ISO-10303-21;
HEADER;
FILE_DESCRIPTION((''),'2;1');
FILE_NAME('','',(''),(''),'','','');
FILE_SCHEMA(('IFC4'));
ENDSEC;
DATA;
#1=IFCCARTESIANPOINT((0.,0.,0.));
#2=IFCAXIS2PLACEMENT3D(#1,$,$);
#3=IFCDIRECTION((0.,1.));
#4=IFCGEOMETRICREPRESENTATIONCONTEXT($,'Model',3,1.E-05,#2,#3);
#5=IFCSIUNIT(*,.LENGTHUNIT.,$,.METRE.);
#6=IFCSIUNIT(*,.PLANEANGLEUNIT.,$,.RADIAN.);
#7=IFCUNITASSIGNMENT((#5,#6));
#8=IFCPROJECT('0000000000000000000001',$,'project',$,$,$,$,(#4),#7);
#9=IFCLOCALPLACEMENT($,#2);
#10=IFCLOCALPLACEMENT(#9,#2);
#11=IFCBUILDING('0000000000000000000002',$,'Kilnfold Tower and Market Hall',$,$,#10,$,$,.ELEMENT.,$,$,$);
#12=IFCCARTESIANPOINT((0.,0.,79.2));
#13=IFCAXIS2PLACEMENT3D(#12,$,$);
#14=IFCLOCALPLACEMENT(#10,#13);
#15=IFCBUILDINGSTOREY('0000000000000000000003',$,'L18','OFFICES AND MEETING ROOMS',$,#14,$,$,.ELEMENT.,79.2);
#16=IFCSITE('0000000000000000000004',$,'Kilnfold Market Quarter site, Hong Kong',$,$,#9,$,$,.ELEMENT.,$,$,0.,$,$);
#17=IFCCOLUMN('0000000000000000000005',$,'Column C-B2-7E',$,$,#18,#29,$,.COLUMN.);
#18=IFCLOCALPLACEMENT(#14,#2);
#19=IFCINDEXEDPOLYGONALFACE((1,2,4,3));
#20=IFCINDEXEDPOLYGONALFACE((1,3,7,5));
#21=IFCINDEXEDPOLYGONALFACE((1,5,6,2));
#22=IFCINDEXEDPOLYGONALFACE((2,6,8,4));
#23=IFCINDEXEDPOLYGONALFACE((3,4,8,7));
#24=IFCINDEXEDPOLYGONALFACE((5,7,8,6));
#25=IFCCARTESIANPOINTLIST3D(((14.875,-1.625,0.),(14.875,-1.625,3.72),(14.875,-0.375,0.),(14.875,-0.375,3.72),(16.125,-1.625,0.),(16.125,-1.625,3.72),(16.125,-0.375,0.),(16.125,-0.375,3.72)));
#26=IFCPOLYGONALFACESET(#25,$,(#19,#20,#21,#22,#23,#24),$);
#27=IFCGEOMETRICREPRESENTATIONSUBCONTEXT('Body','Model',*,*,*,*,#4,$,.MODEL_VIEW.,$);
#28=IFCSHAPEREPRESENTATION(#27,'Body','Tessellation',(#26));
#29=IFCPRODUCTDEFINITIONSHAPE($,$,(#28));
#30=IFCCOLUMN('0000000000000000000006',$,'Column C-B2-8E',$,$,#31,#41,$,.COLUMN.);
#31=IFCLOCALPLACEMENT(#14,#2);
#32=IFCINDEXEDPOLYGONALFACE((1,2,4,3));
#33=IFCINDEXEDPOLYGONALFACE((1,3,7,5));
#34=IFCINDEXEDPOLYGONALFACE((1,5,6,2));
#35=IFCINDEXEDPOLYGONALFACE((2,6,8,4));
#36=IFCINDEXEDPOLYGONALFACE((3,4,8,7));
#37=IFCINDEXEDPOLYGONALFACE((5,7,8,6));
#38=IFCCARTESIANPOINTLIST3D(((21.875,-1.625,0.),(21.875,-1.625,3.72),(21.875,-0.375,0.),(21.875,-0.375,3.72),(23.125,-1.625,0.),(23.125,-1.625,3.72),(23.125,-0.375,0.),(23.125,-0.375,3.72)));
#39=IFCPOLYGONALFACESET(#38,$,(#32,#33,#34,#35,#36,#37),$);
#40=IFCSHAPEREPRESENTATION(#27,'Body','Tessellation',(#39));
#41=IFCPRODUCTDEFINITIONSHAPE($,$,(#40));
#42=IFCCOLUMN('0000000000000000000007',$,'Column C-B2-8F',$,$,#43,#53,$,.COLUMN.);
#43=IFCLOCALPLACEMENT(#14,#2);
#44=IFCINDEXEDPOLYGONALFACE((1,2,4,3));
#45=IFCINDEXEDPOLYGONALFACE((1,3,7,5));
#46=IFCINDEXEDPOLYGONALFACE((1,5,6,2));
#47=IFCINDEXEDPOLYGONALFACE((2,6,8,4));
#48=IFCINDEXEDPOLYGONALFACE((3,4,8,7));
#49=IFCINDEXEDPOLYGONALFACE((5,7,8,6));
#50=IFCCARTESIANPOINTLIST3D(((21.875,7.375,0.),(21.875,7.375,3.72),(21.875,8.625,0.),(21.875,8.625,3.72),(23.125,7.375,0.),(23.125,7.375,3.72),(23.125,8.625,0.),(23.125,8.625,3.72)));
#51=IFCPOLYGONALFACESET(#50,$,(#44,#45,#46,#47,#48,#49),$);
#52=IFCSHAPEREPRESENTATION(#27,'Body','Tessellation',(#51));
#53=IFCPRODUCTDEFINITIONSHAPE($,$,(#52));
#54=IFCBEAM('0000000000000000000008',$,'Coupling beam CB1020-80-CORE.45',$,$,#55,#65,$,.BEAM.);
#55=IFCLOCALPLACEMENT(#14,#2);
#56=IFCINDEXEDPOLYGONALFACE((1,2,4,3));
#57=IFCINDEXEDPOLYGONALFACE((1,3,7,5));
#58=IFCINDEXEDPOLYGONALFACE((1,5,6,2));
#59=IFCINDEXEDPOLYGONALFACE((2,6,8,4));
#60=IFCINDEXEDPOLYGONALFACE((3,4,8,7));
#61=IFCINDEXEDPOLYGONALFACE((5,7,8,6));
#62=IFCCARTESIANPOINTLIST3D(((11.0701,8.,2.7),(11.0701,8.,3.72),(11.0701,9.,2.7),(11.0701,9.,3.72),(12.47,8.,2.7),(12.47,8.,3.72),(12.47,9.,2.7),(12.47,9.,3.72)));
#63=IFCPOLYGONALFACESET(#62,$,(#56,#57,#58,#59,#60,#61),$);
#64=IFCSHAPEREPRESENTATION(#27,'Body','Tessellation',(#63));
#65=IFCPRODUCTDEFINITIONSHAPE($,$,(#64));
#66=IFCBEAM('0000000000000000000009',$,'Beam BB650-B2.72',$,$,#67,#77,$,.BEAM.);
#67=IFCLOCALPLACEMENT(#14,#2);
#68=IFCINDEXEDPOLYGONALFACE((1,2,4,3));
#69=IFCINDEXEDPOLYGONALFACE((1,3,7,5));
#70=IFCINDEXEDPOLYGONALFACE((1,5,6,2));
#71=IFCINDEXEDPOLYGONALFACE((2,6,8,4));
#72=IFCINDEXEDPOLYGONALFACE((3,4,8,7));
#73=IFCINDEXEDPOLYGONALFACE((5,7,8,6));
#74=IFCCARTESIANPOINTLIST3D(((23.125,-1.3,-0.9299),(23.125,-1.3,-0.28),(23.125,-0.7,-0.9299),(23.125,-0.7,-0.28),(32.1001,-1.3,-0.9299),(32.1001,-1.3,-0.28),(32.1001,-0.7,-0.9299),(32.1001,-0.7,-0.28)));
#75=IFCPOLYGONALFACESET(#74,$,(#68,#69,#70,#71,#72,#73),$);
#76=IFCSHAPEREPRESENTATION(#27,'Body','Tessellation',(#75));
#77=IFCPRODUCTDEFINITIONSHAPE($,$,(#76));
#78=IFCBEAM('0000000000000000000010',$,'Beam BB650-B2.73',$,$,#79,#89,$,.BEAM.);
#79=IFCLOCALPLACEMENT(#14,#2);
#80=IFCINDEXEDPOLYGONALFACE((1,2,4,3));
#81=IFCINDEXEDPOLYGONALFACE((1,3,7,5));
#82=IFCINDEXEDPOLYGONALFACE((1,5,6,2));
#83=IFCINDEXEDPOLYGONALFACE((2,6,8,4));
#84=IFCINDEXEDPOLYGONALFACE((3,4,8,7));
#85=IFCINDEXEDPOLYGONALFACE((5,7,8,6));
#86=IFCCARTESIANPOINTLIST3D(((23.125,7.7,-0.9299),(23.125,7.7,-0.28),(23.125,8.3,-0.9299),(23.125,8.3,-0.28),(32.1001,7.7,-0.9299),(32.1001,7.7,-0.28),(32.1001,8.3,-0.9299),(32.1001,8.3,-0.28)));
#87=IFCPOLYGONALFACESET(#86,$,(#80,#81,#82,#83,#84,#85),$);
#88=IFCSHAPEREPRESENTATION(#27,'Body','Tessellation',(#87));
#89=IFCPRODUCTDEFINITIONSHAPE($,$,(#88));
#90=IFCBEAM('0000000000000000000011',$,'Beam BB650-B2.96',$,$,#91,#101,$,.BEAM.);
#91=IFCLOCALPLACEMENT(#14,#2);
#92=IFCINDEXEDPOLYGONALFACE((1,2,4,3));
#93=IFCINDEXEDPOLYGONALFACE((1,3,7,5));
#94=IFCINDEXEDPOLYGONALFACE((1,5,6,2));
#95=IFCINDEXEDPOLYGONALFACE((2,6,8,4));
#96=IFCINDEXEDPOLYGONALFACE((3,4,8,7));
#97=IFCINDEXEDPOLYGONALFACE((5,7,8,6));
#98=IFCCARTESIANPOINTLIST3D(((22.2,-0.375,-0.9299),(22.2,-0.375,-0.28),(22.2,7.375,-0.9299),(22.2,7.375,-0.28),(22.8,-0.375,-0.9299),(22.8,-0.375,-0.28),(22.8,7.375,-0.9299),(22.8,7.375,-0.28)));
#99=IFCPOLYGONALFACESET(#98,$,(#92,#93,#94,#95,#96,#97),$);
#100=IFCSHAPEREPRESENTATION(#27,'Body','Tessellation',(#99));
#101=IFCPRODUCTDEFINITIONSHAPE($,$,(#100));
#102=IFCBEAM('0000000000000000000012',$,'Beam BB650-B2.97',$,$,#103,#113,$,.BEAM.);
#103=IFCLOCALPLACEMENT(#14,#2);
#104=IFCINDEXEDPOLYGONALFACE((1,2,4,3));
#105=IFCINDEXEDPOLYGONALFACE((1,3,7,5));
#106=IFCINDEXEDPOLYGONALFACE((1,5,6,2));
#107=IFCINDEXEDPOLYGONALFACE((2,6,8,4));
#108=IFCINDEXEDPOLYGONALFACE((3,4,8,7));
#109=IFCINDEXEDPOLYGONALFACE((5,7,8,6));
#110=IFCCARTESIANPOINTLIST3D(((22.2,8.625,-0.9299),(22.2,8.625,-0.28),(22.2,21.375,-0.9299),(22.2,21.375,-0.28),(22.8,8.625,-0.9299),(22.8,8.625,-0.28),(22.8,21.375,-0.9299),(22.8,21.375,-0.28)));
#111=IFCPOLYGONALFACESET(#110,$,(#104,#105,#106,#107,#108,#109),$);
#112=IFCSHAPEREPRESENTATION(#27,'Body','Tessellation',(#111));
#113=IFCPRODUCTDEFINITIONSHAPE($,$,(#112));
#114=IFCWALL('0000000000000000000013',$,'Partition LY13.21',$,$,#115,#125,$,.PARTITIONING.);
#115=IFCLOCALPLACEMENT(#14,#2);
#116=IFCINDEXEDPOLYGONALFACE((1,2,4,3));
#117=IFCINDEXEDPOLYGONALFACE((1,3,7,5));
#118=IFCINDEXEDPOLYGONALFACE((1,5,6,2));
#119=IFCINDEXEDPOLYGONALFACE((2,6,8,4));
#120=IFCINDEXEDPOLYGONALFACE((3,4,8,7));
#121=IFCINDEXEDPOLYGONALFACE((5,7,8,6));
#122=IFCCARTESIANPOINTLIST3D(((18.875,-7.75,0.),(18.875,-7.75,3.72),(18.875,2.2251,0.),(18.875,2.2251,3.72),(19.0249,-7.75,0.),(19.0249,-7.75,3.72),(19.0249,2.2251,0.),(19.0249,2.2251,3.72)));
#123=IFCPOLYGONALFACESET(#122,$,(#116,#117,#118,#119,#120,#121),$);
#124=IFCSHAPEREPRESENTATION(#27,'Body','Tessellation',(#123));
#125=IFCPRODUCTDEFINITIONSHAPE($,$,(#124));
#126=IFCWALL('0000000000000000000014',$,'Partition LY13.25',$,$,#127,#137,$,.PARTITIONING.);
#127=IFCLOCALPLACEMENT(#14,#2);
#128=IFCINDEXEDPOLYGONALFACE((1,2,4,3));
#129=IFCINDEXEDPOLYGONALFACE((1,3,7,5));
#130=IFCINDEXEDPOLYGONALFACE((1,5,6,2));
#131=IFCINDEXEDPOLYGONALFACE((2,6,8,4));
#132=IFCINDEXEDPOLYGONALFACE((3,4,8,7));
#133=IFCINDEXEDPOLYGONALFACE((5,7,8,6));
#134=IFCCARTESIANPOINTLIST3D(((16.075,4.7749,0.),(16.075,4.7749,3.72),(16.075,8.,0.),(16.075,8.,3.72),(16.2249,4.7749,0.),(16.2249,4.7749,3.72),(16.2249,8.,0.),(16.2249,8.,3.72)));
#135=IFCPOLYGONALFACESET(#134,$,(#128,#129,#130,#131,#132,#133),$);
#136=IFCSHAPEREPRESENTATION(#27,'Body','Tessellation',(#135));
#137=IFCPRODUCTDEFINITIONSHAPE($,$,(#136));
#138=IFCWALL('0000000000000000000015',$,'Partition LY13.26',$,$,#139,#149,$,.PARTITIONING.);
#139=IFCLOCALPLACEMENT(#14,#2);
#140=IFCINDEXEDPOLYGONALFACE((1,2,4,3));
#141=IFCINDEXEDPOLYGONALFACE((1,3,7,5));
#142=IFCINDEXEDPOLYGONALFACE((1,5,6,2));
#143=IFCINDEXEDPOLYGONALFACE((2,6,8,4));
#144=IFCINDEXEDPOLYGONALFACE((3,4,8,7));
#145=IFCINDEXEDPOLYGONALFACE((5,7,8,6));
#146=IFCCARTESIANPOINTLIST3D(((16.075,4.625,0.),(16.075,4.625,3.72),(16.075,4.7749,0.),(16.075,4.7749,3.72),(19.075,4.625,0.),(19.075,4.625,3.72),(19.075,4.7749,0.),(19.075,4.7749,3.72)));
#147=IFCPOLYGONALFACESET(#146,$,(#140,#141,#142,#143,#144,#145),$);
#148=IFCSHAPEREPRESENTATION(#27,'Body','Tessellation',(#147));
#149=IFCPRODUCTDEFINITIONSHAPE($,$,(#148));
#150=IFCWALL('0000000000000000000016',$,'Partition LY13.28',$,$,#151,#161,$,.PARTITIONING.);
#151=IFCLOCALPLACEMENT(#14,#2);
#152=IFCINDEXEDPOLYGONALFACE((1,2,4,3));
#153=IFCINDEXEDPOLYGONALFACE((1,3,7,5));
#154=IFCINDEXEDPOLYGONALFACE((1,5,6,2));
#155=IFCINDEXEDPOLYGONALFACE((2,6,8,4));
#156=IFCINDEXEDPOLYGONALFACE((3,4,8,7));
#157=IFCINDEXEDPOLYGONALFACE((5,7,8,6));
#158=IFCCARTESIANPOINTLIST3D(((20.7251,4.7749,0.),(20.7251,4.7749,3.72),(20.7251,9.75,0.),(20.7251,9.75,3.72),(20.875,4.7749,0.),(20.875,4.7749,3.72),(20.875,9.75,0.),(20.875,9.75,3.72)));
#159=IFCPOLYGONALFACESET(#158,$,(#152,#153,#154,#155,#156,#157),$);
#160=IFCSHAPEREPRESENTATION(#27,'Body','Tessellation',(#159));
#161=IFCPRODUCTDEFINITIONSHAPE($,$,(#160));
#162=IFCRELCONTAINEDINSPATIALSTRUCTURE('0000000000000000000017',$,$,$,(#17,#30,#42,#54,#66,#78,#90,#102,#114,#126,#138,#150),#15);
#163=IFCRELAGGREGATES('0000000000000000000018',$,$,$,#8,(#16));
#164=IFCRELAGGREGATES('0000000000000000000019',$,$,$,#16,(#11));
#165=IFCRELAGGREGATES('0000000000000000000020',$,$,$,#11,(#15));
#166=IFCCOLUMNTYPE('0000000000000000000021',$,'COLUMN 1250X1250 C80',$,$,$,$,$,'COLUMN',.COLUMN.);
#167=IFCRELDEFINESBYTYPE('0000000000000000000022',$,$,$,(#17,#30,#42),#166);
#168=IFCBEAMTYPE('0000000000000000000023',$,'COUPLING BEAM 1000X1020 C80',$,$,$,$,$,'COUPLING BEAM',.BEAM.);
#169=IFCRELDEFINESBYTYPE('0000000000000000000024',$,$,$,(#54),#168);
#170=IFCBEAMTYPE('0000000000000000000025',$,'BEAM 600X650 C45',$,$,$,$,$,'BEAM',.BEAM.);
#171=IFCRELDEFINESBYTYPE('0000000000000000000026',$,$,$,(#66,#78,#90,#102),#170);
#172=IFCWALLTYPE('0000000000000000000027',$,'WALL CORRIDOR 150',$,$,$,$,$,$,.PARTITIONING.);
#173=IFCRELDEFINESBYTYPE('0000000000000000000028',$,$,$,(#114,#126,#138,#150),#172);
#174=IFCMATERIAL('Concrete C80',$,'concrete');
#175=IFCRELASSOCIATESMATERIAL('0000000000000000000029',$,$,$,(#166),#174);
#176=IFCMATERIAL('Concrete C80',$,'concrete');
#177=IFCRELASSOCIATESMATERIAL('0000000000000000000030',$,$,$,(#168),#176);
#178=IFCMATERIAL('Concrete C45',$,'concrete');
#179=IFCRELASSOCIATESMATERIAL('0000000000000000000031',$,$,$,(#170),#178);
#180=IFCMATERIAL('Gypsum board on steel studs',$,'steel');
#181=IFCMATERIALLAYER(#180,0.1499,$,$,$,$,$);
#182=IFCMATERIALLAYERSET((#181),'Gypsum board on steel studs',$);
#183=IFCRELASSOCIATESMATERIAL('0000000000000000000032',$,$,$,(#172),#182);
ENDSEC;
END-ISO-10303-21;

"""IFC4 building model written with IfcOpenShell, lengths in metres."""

from ifc_helpers import new_model, si_unit, direction, frame, frame_2d, origin, origin_2d, place, context, subcontext, project, spatial, rectangle, extrude, source, transform, mapped, material, layer, layer_set, material_profile, profile_set, type_object, element, save


model = new_model("IFC4")

# Units and contexts
model_context = context("Model", 3, precision=1e-05, world=origin(), true_north=direction((0.0, 1.0)))
body_context = subcontext(model_context, "Body", "Model", "MODEL_VIEW")
ifc_project = project(units=[si_unit("LENGTHUNIT", "METRE"), si_unit("PLANEANGLEUNIT", "RADIAN")], contexts=[model_context])

# Site, building, storey
site_placement = place(None, origin())
site = spatial("IfcSite", under=ifc_project, at=site_placement, Name="Kilnfold Market Quarter site, Hong Kong", CompositionType="ELEMENT", RefElevation=0.0)
building_placement = place(site_placement, origin())
building = spatial("IfcBuilding", under=site, at=building_placement, Name="Kilnfold Tower and Market Hall", CompositionType="ELEMENT")
storey_placement = place(building_placement, frame((0.0, 0.0, 79.2)))
storey = spatial("IfcBuildingStorey", under=building, at=storey_placement, Name="L18", Description="OFFICES AND MEETING ROOMS", CompositionType="ELEMENT", Elevation=79.2)

# Columns
ifc_material_1 = material(Name="Concrete C80", Category="concrete")
ifc_material_profile_1 = material_profile(ifc_material_1, rectangle(XDim=1.25, YDim=1.25, at=origin_2d()), Name="RC 1250x1250")
ifc_profile_set_1 = profile_set([ifc_material_profile_1], Name="Concrete C80")
column_type = type_object("IfcColumnType", Name="COLUMN 1250X1250 C80", ElementType="COLUMN", PredefinedType="COLUMN", material=ifc_profile_set_1)
shared_shape_1 = source(origin(), body_context, "Body", "SweptSolid", [
    extrude(rectangle(XDim=1.25, YDim=1.25, at=origin_2d()), origin(), (0.0, 0.0, 1.0), 3.72),
])
for number, where, z_axis, x_axis, name in (
    (1, (15.5, -1.0, 0.0), (0.0, 0.0, 1.0), (1.0, 0.0, 0.0), "Column C-B2-7E"),
    (2, (22.5, -1.0, 0.0), (0.0, 0.0, 1.0), (1.0, 0.0, 0.0), "Column C-B2-8E"),
    (3, (22.5, 8.0, 0.0), (0.0, 0.0, 1.0), (1.0, 0.0, 0.0), "Column C-B2-8F"),
):
    element("IfcColumn", number, at=place(storey_placement, frame(where, z_axis=z_axis, x_axis=x_axis)), inside=storey, type_object=column_type, Name=name, PredefinedType="COLUMN", context=body_context, shape_type="MappedRepresentation", body=[
        mapped(shared_shape_1, transform((0.0, 0.0, 0.0))),
    ])

# Beams
ifc_material_2 = material(Name="Concrete C80", Category="concrete")
ifc_material_profile_2 = material_profile(ifc_material_2, rectangle(XDim=1.0, YDim=1.02, at=origin_2d()), Name="RC 1000x1020")
ifc_profile_set_2 = profile_set([ifc_material_profile_2], Name="Concrete C80")
beam_type_1 = type_object("IfcBeamType", Name="COUPLING BEAM 1000X1020 C80", ElementType="COUPLING BEAM", PredefinedType="BEAM", material=ifc_profile_set_2)
shared_shape_2 = source(origin(), body_context, "Body", "SweptSolid", [
    extrude(rectangle(XDim=1.0, YDim=1.02, at=origin_2d()), origin(), (0.0, 0.0, 1.0), 1.3999),
])
beam_1_placement = place(storey_placement, frame((11.0701, 8.5, 3.21), z_axis=(1.0, 0.0, 0.0), x_axis=(0.0, 1.0, 0.0)))
element("IfcBeam", 4, at=beam_1_placement, inside=storey, type_object=beam_type_1, Name="Coupling beam CB1020-80-CORE.45", PredefinedType="BEAM", context=body_context, shape_type="MappedRepresentation", body=[
    mapped(shared_shape_2, transform((0.0, 0.0, 0.0))),
])
ifc_material_3 = material(Name="Concrete C45", Category="concrete")
ifc_material_profile_3 = material_profile(ifc_material_3, rectangle(XDim=0.6001, YDim=0.6499, at=origin_2d()), Name="RC 600x650")
ifc_profile_set_3 = profile_set([ifc_material_profile_3], Name="Concrete C45")
beam_type_2 = type_object("IfcBeamType", Name="BEAM 600X650 C45", ElementType="BEAM", PredefinedType="BEAM", material=ifc_profile_set_3)
shared_shape_3 = source(origin(), body_context, "Body", "SweptSolid", [
    extrude(rectangle(XDim=0.6001, YDim=0.6499, at=origin_2d()), origin(), (0.0, 0.0, 1.0), 8.9751),
])
for number, where, z_axis, x_axis, name in (
    (5, (23.125, -1.0, -0.605), (1.0, 0.0, 0.0), (0.0, 1.0, 0.0), "Beam BB650-B2.72"),
    (6, (23.125, 8.0, -0.605), (1.0, 0.0, 0.0), (0.0, 1.0, 0.0), "Beam BB650-B2.73"),
):
    element("IfcBeam", number, at=place(storey_placement, frame(where, z_axis=z_axis, x_axis=x_axis)), inside=storey, type_object=beam_type_2, Name=name, PredefinedType="BEAM", context=body_context, shape_type="MappedRepresentation", body=[
        mapped(shared_shape_3, transform((0.0, 0.0, 0.0))),
    ])
shared_shape_4 = source(origin(), body_context, "Body", "SweptSolid", [
    extrude(rectangle(XDim=0.6001, YDim=0.6499, at=origin_2d()), origin(), (0.0, 0.0, 1.0), 7.75),
])
beam_2_placement = place(storey_placement, frame((22.5, -0.375, -0.605), z_axis=(0.0, 1.0, 0.0), x_axis=(-1.0, 0.0, 0.0)))
element("IfcBeam", 7, at=beam_2_placement, inside=storey, type_object=beam_type_2, Name="Beam BB650-B2.96", PredefinedType="BEAM", context=body_context, shape_type="MappedRepresentation", body=[
    mapped(shared_shape_4, transform((0.0, 0.0, 0.0))),
])
shared_shape_5 = source(origin(), body_context, "Body", "SweptSolid", [
    extrude(rectangle(XDim=0.6001, YDim=0.6499, at=origin_2d()), origin(), (0.0, 0.0, 1.0), 12.75),
])
beam_3_placement = place(storey_placement, frame((22.5, 8.625, -0.605), z_axis=(0.0, 1.0, 0.0), x_axis=(-1.0, 0.0, 0.0)))
element("IfcBeam", 8, at=beam_3_placement, inside=storey, type_object=beam_type_2, Name="Beam BB650-B2.97", PredefinedType="BEAM", context=body_context, shape_type="MappedRepresentation", body=[
    mapped(shared_shape_5, transform((0.0, 0.0, 0.0))),
])

# Walls
ifc_material_4 = material(Name="Gypsum board on steel studs", Category="steel")
ifc_layer_1 = layer(ifc_material_4, 0.1499)
ifc_layer_set_1 = layer_set([ifc_layer_1], Name="Gypsum board on steel studs")
wall_type_1 = type_object("IfcWallType", Name="WALL CORRIDOR 150", PredefinedType="PARTITIONING", material=ifc_layer_set_1)
wall_1_placement = place(storey_placement, frame((18.95, 2.2251, 0.0), z_axis=(0.0, 0.0, 1.0), x_axis=(0.0, -1.0, 0.0)))
element("IfcWall", 9, at=wall_1_placement, inside=storey, type_object=wall_type_1, Name="Partition LY13.21", PredefinedType="PARTITIONING", context=body_context, shape_type="SweptSolid", body=[
    extrude(rectangle(XDim=9.9751, YDim=0.1499, at=frame_2d((4.9875, 0.0))), origin(), (0.0, 0.0, 1.0), 3.72),
])
wall_2_placement = place(storey_placement, frame((16.1499, 4.7749, 0.0), z_axis=(0.0, 0.0, 1.0), x_axis=(0.0, 1.0, 0.0)))
element("IfcWall", 10, at=wall_2_placement, inside=storey, type_object=wall_type_1, Name="Partition LY13.25", PredefinedType="PARTITIONING", context=body_context, shape_type="SweptSolid", body=[
    extrude(rectangle(XDim=3.2251, YDim=0.1499, at=frame_2d((1.6125, 0.0))), origin(), (0.0, 0.0, 1.0), 3.72),
])
wall_3_placement = place(storey_placement, frame((16.075, 4.7, 0.0), z_axis=(0.0, 0.0, 1.0), x_axis=(1.0, 0.0, 0.0)))
element("IfcWall", 11, at=wall_3_placement, inside=storey, type_object=wall_type_1, Name="Partition LY13.26", PredefinedType="PARTITIONING", context=body_context, shape_type="SweptSolid", body=[
    extrude(rectangle(XDim=3.0, YDim=0.1499, at=frame_2d((1.5, 0.0))), origin(), (0.0, 0.0, 1.0), 3.72),
])
wall_4_placement = place(storey_placement, frame((20.8, 4.7749, 0.0), z_axis=(0.0, 0.0, 1.0), x_axis=(0.0, 1.0, 0.0)))
element("IfcWall", 12, at=wall_4_placement, inside=storey, type_object=wall_type_1, Name="Partition LY13.28", PredefinedType="PARTITIONING", context=body_context, shape_type="SweptSolid", body=[
    extrude(rectangle(XDim=4.9751, YDim=0.1499, at=frame_2d((2.4875, 0.0))), origin(), (0.0, 0.0, 1.0), 3.72),
])

save(model, "model.ifc")
